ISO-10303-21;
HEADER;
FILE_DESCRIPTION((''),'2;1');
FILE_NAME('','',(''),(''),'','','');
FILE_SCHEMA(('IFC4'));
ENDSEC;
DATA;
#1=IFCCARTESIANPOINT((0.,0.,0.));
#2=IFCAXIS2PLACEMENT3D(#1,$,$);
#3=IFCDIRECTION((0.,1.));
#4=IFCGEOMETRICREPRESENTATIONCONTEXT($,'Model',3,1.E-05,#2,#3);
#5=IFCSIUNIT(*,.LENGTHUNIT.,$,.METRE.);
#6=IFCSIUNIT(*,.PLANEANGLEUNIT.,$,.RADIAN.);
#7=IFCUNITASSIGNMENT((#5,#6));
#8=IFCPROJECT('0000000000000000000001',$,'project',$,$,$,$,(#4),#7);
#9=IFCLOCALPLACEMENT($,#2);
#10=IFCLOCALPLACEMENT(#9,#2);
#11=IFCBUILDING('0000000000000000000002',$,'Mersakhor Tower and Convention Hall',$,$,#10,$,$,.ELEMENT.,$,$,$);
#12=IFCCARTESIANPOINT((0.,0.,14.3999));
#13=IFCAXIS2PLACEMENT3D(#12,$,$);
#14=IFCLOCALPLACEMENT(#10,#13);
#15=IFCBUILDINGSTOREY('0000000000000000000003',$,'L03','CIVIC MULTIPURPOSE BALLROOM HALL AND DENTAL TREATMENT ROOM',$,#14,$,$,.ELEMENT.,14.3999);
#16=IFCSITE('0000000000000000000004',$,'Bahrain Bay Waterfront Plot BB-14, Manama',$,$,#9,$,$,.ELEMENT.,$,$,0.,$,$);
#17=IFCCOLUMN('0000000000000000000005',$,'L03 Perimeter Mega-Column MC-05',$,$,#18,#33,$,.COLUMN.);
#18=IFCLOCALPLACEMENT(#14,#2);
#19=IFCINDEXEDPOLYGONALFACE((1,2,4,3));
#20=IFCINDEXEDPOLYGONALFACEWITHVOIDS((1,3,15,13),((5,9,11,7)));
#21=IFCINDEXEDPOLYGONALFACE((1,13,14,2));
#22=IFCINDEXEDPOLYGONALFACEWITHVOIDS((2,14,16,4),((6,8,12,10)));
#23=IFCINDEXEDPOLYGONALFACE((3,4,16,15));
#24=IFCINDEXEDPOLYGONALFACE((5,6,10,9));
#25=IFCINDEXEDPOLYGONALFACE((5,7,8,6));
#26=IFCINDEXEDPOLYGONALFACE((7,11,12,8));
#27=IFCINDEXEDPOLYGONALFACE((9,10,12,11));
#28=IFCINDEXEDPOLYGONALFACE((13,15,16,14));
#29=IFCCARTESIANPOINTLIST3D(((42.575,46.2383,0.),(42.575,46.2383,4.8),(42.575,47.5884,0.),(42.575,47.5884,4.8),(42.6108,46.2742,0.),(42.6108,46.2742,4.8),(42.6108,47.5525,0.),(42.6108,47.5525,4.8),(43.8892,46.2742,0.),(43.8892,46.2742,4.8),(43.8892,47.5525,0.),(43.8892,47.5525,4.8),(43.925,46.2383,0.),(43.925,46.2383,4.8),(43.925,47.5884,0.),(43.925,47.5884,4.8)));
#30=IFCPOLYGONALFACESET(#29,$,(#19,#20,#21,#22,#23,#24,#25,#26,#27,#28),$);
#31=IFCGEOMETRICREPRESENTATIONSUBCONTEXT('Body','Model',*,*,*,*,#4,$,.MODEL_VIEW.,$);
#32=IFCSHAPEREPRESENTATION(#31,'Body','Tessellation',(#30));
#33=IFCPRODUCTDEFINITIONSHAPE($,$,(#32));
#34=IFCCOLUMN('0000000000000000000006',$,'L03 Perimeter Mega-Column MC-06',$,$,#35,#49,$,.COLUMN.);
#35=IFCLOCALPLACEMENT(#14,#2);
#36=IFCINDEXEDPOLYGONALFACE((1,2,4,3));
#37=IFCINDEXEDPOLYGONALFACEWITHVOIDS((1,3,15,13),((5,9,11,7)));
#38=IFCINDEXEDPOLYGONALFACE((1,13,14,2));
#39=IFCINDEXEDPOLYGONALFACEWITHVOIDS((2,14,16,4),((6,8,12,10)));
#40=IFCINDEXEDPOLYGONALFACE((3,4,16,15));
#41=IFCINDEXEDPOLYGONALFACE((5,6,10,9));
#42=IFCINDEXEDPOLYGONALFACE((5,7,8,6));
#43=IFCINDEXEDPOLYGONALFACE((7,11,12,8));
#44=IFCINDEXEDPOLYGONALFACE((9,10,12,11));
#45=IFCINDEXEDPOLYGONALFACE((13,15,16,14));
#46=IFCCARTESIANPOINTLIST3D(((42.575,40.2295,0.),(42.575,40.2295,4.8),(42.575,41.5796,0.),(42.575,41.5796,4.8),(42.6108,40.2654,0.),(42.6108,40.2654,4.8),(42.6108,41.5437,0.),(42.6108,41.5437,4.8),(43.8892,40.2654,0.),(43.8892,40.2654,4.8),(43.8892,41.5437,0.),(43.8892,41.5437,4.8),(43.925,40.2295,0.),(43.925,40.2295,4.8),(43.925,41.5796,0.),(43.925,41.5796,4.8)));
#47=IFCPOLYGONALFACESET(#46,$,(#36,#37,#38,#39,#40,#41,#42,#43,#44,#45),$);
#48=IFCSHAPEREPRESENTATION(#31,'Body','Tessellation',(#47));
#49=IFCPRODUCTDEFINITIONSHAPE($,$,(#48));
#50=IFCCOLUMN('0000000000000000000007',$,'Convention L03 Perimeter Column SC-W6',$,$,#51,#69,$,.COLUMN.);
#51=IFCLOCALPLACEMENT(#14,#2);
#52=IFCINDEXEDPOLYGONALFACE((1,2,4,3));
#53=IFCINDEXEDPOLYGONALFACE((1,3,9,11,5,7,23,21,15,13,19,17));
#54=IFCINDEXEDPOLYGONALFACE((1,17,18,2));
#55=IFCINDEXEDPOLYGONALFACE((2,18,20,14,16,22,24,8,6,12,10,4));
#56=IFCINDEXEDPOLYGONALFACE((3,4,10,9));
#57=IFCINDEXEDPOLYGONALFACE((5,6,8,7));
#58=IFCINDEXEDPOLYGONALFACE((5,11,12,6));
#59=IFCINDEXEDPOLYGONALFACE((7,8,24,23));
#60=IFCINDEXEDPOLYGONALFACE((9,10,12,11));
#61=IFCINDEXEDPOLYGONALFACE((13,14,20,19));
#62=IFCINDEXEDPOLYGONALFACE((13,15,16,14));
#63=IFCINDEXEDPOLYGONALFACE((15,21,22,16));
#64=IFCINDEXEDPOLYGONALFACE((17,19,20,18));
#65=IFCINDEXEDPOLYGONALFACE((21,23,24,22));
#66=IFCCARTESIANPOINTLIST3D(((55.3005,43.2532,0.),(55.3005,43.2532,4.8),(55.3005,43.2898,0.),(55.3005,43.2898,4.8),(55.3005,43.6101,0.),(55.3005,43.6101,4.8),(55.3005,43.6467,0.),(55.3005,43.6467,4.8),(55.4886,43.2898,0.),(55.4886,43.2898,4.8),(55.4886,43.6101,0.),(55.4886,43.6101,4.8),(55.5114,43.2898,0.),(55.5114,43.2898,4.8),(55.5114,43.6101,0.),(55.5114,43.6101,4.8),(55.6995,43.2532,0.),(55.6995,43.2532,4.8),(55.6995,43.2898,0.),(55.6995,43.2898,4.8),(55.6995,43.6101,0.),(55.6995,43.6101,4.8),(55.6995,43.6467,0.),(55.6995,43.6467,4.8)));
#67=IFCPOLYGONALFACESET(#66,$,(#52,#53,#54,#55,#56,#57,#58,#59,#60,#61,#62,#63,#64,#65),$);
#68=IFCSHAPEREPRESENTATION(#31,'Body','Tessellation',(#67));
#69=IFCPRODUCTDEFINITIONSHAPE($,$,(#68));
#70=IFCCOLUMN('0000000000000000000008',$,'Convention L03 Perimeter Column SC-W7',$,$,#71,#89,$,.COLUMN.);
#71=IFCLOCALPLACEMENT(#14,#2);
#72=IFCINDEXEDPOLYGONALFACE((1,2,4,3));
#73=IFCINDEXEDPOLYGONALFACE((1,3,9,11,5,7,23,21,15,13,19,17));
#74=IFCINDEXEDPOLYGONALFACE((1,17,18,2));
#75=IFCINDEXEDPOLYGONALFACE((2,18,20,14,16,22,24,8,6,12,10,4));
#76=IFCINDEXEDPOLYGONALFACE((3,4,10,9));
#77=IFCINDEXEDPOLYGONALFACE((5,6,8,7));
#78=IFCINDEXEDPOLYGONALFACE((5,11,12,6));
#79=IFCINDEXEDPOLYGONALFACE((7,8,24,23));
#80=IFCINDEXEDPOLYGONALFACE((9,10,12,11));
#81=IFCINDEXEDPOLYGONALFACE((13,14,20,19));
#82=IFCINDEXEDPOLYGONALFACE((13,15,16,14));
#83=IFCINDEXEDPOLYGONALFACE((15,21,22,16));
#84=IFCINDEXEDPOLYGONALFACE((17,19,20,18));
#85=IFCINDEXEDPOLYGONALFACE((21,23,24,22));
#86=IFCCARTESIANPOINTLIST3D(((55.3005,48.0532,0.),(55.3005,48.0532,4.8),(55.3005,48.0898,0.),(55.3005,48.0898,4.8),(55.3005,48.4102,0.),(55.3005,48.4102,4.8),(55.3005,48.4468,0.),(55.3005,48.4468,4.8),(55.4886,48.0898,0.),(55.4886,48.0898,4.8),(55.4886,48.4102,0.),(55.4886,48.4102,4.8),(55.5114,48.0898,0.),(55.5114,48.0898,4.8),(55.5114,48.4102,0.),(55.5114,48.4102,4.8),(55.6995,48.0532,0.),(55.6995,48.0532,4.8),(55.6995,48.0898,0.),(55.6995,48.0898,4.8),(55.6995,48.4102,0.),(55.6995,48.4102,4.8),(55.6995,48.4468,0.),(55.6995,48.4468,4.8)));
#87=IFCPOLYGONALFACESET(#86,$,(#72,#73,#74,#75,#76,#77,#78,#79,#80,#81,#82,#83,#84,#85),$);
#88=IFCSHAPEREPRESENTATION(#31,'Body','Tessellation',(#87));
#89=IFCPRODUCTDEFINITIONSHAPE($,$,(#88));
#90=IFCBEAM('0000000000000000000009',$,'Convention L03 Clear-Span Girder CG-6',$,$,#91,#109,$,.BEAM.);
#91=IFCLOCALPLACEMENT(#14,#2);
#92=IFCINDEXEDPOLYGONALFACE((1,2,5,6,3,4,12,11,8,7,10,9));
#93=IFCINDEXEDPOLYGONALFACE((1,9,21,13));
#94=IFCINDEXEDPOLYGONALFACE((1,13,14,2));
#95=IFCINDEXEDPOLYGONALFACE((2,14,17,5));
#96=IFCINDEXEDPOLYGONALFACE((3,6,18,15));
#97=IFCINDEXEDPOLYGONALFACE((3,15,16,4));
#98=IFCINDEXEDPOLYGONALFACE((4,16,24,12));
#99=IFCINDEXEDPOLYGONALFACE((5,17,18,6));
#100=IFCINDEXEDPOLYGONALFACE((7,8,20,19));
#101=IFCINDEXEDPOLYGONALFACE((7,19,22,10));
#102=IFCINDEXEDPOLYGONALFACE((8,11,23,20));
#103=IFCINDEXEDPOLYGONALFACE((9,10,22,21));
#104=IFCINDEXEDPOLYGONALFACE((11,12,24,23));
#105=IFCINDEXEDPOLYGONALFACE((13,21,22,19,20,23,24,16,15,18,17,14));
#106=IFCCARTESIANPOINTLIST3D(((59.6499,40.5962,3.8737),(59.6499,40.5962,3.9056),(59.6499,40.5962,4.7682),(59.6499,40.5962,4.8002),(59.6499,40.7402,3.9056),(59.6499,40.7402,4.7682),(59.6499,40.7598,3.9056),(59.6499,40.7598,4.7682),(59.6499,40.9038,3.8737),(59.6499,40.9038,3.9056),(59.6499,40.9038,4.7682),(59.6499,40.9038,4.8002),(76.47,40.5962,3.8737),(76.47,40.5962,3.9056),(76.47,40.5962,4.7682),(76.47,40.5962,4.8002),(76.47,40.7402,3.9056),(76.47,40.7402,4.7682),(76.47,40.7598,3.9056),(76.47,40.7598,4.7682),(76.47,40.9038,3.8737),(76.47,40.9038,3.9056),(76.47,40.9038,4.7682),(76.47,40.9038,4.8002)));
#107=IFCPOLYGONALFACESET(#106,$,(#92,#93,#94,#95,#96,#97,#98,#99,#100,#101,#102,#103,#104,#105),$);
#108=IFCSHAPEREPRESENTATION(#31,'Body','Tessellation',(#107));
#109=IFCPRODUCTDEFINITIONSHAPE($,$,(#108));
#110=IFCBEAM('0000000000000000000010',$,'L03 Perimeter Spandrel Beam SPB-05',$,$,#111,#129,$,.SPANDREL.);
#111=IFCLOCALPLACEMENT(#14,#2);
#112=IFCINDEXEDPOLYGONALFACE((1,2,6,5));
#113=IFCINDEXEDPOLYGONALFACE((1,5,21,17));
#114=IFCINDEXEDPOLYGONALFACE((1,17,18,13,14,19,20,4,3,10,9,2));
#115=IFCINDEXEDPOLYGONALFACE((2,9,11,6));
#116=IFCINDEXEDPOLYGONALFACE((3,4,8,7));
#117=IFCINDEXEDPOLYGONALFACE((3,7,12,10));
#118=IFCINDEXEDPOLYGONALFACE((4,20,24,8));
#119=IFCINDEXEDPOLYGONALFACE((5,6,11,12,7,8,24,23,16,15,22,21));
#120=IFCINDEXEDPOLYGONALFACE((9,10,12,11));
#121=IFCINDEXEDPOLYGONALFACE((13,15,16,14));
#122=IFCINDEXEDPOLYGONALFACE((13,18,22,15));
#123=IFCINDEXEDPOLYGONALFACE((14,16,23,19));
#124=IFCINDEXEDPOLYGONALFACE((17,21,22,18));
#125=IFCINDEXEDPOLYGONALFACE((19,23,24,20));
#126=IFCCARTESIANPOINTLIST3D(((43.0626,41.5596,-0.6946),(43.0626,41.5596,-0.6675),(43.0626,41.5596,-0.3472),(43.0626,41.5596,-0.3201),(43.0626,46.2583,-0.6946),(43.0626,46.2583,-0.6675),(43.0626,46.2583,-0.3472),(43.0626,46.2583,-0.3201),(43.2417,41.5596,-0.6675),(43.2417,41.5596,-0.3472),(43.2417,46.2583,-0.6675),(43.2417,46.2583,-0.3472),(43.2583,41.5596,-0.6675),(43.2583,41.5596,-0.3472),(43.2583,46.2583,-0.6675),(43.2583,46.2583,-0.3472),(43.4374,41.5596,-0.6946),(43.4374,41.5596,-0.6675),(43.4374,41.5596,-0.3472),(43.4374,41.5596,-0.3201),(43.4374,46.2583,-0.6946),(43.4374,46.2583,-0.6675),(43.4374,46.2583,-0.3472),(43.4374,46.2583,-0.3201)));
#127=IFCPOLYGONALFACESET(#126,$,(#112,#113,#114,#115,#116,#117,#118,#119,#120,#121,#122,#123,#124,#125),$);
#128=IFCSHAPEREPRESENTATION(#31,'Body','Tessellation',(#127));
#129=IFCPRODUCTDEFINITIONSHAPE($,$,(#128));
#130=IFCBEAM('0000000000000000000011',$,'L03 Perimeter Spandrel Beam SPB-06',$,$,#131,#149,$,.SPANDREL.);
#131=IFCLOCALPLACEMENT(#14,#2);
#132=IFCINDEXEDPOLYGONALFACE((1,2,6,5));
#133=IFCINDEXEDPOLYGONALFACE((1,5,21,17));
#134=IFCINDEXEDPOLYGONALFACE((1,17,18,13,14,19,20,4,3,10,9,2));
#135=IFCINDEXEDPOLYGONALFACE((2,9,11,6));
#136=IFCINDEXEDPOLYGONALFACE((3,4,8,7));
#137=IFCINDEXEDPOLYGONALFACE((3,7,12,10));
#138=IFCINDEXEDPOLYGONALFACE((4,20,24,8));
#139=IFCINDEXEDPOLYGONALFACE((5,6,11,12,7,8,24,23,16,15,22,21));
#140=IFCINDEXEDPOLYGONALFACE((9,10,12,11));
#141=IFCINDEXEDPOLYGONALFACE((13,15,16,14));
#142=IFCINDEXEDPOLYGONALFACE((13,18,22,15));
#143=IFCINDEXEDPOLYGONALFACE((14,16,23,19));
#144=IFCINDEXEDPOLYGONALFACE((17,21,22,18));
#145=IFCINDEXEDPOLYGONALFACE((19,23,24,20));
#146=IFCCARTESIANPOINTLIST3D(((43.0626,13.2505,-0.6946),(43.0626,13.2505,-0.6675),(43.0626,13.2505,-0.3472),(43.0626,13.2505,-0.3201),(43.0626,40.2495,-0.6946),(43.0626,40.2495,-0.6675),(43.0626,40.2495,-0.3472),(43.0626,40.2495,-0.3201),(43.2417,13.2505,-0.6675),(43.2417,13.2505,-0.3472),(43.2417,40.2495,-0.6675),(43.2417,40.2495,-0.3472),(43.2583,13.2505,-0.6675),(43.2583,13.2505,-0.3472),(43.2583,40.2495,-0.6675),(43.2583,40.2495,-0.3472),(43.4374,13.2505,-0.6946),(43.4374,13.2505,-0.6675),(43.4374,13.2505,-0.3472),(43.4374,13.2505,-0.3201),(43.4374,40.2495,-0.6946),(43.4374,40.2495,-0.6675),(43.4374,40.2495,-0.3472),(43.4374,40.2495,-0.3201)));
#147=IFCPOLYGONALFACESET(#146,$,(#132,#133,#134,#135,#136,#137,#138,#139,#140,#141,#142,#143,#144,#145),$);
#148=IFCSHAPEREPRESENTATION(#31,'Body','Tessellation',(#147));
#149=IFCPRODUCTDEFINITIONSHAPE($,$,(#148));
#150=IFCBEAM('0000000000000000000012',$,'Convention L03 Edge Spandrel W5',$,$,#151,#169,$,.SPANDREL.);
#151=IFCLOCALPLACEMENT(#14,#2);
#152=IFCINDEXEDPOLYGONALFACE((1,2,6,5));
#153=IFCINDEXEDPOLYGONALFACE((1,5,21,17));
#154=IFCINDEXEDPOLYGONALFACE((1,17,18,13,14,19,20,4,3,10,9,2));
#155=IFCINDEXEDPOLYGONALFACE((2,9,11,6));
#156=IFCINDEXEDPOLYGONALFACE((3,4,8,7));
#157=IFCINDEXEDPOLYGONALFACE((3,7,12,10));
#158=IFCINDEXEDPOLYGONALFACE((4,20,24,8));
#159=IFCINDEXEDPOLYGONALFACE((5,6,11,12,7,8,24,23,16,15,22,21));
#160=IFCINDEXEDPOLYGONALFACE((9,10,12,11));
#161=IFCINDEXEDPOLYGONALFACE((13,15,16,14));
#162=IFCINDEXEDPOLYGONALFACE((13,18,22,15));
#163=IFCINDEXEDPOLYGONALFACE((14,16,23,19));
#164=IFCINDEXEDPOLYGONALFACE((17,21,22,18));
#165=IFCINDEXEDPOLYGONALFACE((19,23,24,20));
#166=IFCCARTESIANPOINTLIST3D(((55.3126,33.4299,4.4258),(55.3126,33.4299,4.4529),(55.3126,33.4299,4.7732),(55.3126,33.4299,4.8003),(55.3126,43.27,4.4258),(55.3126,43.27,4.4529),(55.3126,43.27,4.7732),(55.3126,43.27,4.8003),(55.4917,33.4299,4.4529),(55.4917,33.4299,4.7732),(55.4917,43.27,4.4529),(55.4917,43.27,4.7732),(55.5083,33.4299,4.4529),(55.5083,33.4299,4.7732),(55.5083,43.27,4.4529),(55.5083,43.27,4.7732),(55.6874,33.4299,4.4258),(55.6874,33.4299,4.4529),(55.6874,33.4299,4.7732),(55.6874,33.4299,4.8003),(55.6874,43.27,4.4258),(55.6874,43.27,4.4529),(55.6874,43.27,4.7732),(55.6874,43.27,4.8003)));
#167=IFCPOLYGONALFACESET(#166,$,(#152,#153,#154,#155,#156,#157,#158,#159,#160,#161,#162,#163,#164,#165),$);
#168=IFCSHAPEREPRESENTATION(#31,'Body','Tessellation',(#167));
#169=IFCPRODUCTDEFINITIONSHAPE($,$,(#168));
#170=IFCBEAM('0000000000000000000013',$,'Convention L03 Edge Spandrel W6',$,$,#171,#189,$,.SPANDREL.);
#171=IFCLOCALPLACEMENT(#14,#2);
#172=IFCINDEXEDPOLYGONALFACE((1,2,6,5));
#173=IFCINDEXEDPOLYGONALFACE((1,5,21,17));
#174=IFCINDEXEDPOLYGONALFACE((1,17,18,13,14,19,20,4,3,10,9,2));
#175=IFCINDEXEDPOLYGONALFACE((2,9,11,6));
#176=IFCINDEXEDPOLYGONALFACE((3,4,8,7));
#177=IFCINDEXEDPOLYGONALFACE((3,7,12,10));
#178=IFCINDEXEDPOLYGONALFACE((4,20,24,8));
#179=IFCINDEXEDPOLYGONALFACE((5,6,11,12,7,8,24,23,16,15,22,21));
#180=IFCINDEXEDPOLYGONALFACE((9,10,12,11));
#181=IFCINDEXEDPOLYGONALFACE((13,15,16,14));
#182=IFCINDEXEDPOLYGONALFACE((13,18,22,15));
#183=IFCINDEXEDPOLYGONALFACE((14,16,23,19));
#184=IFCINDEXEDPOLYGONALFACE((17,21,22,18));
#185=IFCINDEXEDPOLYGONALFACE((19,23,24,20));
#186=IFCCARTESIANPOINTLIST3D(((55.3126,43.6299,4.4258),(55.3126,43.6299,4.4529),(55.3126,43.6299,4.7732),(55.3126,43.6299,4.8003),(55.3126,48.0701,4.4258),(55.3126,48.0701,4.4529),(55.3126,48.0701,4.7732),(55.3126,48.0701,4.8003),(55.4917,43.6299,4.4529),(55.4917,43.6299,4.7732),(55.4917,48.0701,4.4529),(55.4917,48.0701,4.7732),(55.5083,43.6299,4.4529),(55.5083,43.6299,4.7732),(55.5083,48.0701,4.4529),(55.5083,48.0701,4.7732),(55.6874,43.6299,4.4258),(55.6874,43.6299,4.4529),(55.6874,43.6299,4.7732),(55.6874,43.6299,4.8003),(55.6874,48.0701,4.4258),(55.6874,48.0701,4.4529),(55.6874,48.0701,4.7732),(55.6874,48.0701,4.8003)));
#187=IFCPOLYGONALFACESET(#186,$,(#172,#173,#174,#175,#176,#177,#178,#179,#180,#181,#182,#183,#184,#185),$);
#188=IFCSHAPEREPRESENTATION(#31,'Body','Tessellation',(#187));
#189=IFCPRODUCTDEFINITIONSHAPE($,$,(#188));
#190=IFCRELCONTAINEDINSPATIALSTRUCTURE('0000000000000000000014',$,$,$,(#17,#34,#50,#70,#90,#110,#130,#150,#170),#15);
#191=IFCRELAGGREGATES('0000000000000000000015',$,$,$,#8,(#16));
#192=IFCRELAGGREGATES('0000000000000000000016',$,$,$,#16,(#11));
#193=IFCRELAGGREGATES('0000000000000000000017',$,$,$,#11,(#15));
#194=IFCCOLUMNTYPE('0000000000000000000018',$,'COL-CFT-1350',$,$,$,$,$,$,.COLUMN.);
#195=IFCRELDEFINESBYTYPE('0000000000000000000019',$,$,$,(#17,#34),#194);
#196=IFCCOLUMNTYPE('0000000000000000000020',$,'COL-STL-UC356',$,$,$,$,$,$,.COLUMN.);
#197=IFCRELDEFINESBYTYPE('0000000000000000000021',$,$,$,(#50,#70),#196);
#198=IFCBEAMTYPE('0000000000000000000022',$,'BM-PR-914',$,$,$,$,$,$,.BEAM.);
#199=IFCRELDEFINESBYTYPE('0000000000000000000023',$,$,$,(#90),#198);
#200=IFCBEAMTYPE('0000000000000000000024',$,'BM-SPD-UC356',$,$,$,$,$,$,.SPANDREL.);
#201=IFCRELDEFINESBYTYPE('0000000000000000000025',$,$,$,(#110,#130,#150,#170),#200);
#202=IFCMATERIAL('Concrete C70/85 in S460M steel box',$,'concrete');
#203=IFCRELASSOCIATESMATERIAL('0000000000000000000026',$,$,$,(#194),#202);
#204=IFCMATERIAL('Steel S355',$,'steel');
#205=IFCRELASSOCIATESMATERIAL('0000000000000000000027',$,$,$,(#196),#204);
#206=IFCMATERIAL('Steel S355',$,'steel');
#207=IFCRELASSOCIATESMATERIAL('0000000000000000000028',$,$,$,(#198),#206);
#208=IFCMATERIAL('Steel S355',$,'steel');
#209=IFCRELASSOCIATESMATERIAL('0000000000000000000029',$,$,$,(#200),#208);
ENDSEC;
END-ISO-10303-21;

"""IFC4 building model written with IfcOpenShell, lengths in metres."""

from ifc_helpers import new_model, si_unit, direction, frame, origin, origin_2d, place, context, subcontext, project, spatial, hollow_rectangle, i_section, extrude, material, material_profile, profile_set, type_object, element, save


model = new_model("IFC4")

# Units and contexts
model_context = context("Model", 3, precision=1e-05, world=origin(), true_north=direction((0.0, 1.0)))
body_context = subcontext(model_context, "Body", "Model", "MODEL_VIEW")
ifc_project = project(units=[si_unit("LENGTHUNIT", "METRE"), si_unit("PLANEANGLEUNIT", "RADIAN")], contexts=[model_context])

# Site, building, storey
site_placement = place(None, origin())
site = spatial("IfcSite", under=ifc_project, at=site_placement, Name="Bahrain Bay Waterfront Plot BB-14, Manama", CompositionType="ELEMENT", RefElevation=0.0)
building_placement = place(site_placement, origin())
building = spatial("IfcBuilding", under=site, at=building_placement, Name="Mersakhor Tower and Convention Hall", CompositionType="ELEMENT")
storey_placement = place(building_placement, frame((0.0, 0.0, 14.3999)))
storey = spatial("IfcBuildingStorey", under=building, at=storey_placement, Name="L03", Description="CIVIC MULTIPURPOSE BALLROOM HALL AND DENTAL TREATMENT ROOM", CompositionType="ELEMENT", Elevation=14.3999)

# Columns
ifc_material_1 = material(Name="Concrete C70/85 in S460M steel box", Category="concrete")
ifc_material_profile_1 = material_profile(ifc_material_1, hollow_rectangle(XDim=1.3501, YDim=1.3501, WallThickness=0.0359, at=origin_2d()), Name="SHS 1350x1350x36")
ifc_profile_set_1 = profile_set([ifc_material_profile_1], Name="Concrete C70/85 in S460M steel box")
column_type_1 = type_object("IfcColumnType", Name="COL-CFT-1350", PredefinedType="COLUMN", material=ifc_profile_set_1)
for number, where, z_axis, x_axis, name in (
    (1, (43.25, 46.9133, 0.0), (0.0, 0.0, 1.0), (1.0, 0.0, 0.0), "L03 Perimeter Mega-Column MC-05"),
    (2, (43.25, 40.9045, 0.0), (0.0, 0.0, 1.0), (1.0, 0.0, 0.0), "L03 Perimeter Mega-Column MC-06"),
):
    element("IfcColumn", number, at=place(storey_placement, frame(where, z_axis=z_axis, x_axis=x_axis)), inside=storey, type_object=column_type_1, Name=name, PredefinedType="COLUMN", context=body_context, shape_type="SweptSolid", body=[
        extrude(hollow_rectangle(XDim=1.3501, YDim=1.3501, WallThickness=0.0359, at=origin_2d()), origin(), (0.0, 0.0, 1.0), 4.8),
    ])
ifc_material_2 = material(Name="Steel S355", Category="steel")
ifc_material_profile_2 = material_profile(ifc_material_2, i_section(OverallWidth=0.3989, OverallDepth=0.3936, WebThickness=0.0227, FlangeThickness=0.0366, at=origin_2d()), Name="UC 356x406x287")
ifc_profile_set_2 = profile_set([ifc_material_profile_2], Name="Steel S355")
column_type_2 = type_object("IfcColumnType", Name="COL-STL-UC356", PredefinedType="COLUMN", material=ifc_profile_set_2)
for number, where, z_axis, x_axis, name in (
    (3, (55.5, 43.45, 0.0), (0.0, 0.0, 1.0), (1.0, 0.0, 0.0), "Convention L03 Perimeter Column SC-W6"),
    (4, (55.5, 48.25, 0.0), (0.0, 0.0, 1.0), (1.0, 0.0, 0.0), "Convention L03 Perimeter Column SC-W7"),
):
    element("IfcColumn", number, at=place(storey_placement, frame(where, z_axis=z_axis, x_axis=x_axis)), inside=storey, type_object=column_type_2, Name=name, PredefinedType="COLUMN", context=body_context, shape_type="SweptSolid", body=[
        extrude(i_section(OverallWidth=0.3989, OverallDepth=0.3936, WebThickness=0.0227, FlangeThickness=0.0366, at=origin_2d()), origin(), (0.0, 0.0, 1.0), 4.8),
    ])

# Beams
ifc_material_3 = material(Name="Steel S355", Category="steel")
ifc_material_profile_3 = material_profile(ifc_material_3, i_section(OverallWidth=0.3076, OverallDepth=0.9265, WebThickness=0.0195, FlangeThickness=0.032, at=origin_2d()), Name="UB 914x305x289")
ifc_profile_set_3 = profile_set([ifc_material_profile_3], Name="Steel S355")
beam_type_1 = type_object("IfcBeamType", Name="BM-PR-914", PredefinedType="BEAM", material=ifc_profile_set_3)
beam_1_placement = place(storey_placement, frame((59.6499, 40.75, 4.3369), z_axis=(1.0, 0.0, 0.0), x_axis=(0.0, 1.0, 0.0)))
element("IfcBeam", 5, at=beam_1_placement, inside=storey, type_object=beam_type_1, Name="Convention L03 Clear-Span Girder CG-6", PredefinedType="BEAM", context=body_context, shape_type="SweptSolid", body=[
    extrude(i_section(OverallWidth=0.3076, OverallDepth=0.9265, WebThickness=0.0195, FlangeThickness=0.032, at=origin_2d()), origin(), (0.0, 0.0, 1.0), 16.8201),
])
ifc_material_4 = material(Name="Steel S355", Category="steel")
ifc_material_profile_4 = material_profile(ifc_material_4, i_section(OverallWidth=0.3748, OverallDepth=0.3745, WebThickness=0.0166, FlangeThickness=0.0271, at=origin_2d()), Name="UC 356x368x202")
ifc_profile_set_4 = profile_set([ifc_material_profile_4], Name="Steel S355")
beam_type_2 = type_object("IfcBeamType", Name="BM-SPD-UC356", PredefinedType="SPANDREL", material=ifc_profile_set_4)
beam_2_placement = place(storey_placement, frame((43.25, 46.2583, -0.5073), z_axis=(0.0, -1.0, 0.0), x_axis=(1.0, 0.0, 0.0)))
element("IfcBeam", 6, at=beam_2_placement, inside=storey, type_object=beam_type_2, Name="L03 Perimeter Spandrel Beam SPB-05", PredefinedType="SPANDREL", context=body_context, shape_type="SweptSolid", body=[
    extrude(i_section(OverallWidth=0.3748, OverallDepth=0.3745, WebThickness=0.0166, FlangeThickness=0.0271, at=origin_2d()), origin(), (0.0, 0.0, 1.0), 4.6987),
])
beam_3_placement = place(storey_placement, frame((43.25, 40.2495, -0.5073), z_axis=(0.0, -1.0, 0.0), x_axis=(1.0, 0.0, 0.0)))
element("IfcBeam", 7, at=beam_3_placement, inside=storey, type_object=beam_type_2, Name="L03 Perimeter Spandrel Beam SPB-06", PredefinedType="SPANDREL", context=body_context, shape_type="SweptSolid", body=[
    extrude(i_section(OverallWidth=0.3748, OverallDepth=0.3745, WebThickness=0.0166, FlangeThickness=0.0271, at=origin_2d()), origin(), (0.0, 0.0, 1.0), 26.999),
])
beam_4_placement = place(storey_placement, frame((55.5, 33.4299, 4.613), z_axis=(0.0, 1.0, 0.0), x_axis=(-1.0, 0.0, 0.0)))
element("IfcBeam", 8, at=beam_4_placement, inside=storey, type_object=beam_type_2, Name="Convention L03 Edge Spandrel W5", PredefinedType="SPANDREL", context=body_context, shape_type="SweptSolid", body=[
    extrude(i_section(OverallWidth=0.3748, OverallDepth=0.3745, WebThickness=0.0166, FlangeThickness=0.0271, at=origin_2d()), origin(), (0.0, 0.0, 1.0), 9.8401),
])
beam_5_placement = place(storey_placement, frame((55.5, 43.6299, 4.613), z_axis=(0.0, 1.0, 0.0), x_axis=(-1.0, 0.0, 0.0)))
element("IfcBeam", 9, at=beam_5_placement, inside=storey, type_object=beam_type_2, Name="Convention L03 Edge Spandrel W6", PredefinedType="SPANDREL", context=body_context, shape_type="SweptSolid", body=[
    extrude(i_section(OverallWidth=0.3748, OverallDepth=0.3745, WebThickness=0.0166, FlangeThickness=0.0271, at=origin_2d()), origin(), (0.0, 0.0, 1.0), 4.4402),
])

save(model, "model.ifc")
